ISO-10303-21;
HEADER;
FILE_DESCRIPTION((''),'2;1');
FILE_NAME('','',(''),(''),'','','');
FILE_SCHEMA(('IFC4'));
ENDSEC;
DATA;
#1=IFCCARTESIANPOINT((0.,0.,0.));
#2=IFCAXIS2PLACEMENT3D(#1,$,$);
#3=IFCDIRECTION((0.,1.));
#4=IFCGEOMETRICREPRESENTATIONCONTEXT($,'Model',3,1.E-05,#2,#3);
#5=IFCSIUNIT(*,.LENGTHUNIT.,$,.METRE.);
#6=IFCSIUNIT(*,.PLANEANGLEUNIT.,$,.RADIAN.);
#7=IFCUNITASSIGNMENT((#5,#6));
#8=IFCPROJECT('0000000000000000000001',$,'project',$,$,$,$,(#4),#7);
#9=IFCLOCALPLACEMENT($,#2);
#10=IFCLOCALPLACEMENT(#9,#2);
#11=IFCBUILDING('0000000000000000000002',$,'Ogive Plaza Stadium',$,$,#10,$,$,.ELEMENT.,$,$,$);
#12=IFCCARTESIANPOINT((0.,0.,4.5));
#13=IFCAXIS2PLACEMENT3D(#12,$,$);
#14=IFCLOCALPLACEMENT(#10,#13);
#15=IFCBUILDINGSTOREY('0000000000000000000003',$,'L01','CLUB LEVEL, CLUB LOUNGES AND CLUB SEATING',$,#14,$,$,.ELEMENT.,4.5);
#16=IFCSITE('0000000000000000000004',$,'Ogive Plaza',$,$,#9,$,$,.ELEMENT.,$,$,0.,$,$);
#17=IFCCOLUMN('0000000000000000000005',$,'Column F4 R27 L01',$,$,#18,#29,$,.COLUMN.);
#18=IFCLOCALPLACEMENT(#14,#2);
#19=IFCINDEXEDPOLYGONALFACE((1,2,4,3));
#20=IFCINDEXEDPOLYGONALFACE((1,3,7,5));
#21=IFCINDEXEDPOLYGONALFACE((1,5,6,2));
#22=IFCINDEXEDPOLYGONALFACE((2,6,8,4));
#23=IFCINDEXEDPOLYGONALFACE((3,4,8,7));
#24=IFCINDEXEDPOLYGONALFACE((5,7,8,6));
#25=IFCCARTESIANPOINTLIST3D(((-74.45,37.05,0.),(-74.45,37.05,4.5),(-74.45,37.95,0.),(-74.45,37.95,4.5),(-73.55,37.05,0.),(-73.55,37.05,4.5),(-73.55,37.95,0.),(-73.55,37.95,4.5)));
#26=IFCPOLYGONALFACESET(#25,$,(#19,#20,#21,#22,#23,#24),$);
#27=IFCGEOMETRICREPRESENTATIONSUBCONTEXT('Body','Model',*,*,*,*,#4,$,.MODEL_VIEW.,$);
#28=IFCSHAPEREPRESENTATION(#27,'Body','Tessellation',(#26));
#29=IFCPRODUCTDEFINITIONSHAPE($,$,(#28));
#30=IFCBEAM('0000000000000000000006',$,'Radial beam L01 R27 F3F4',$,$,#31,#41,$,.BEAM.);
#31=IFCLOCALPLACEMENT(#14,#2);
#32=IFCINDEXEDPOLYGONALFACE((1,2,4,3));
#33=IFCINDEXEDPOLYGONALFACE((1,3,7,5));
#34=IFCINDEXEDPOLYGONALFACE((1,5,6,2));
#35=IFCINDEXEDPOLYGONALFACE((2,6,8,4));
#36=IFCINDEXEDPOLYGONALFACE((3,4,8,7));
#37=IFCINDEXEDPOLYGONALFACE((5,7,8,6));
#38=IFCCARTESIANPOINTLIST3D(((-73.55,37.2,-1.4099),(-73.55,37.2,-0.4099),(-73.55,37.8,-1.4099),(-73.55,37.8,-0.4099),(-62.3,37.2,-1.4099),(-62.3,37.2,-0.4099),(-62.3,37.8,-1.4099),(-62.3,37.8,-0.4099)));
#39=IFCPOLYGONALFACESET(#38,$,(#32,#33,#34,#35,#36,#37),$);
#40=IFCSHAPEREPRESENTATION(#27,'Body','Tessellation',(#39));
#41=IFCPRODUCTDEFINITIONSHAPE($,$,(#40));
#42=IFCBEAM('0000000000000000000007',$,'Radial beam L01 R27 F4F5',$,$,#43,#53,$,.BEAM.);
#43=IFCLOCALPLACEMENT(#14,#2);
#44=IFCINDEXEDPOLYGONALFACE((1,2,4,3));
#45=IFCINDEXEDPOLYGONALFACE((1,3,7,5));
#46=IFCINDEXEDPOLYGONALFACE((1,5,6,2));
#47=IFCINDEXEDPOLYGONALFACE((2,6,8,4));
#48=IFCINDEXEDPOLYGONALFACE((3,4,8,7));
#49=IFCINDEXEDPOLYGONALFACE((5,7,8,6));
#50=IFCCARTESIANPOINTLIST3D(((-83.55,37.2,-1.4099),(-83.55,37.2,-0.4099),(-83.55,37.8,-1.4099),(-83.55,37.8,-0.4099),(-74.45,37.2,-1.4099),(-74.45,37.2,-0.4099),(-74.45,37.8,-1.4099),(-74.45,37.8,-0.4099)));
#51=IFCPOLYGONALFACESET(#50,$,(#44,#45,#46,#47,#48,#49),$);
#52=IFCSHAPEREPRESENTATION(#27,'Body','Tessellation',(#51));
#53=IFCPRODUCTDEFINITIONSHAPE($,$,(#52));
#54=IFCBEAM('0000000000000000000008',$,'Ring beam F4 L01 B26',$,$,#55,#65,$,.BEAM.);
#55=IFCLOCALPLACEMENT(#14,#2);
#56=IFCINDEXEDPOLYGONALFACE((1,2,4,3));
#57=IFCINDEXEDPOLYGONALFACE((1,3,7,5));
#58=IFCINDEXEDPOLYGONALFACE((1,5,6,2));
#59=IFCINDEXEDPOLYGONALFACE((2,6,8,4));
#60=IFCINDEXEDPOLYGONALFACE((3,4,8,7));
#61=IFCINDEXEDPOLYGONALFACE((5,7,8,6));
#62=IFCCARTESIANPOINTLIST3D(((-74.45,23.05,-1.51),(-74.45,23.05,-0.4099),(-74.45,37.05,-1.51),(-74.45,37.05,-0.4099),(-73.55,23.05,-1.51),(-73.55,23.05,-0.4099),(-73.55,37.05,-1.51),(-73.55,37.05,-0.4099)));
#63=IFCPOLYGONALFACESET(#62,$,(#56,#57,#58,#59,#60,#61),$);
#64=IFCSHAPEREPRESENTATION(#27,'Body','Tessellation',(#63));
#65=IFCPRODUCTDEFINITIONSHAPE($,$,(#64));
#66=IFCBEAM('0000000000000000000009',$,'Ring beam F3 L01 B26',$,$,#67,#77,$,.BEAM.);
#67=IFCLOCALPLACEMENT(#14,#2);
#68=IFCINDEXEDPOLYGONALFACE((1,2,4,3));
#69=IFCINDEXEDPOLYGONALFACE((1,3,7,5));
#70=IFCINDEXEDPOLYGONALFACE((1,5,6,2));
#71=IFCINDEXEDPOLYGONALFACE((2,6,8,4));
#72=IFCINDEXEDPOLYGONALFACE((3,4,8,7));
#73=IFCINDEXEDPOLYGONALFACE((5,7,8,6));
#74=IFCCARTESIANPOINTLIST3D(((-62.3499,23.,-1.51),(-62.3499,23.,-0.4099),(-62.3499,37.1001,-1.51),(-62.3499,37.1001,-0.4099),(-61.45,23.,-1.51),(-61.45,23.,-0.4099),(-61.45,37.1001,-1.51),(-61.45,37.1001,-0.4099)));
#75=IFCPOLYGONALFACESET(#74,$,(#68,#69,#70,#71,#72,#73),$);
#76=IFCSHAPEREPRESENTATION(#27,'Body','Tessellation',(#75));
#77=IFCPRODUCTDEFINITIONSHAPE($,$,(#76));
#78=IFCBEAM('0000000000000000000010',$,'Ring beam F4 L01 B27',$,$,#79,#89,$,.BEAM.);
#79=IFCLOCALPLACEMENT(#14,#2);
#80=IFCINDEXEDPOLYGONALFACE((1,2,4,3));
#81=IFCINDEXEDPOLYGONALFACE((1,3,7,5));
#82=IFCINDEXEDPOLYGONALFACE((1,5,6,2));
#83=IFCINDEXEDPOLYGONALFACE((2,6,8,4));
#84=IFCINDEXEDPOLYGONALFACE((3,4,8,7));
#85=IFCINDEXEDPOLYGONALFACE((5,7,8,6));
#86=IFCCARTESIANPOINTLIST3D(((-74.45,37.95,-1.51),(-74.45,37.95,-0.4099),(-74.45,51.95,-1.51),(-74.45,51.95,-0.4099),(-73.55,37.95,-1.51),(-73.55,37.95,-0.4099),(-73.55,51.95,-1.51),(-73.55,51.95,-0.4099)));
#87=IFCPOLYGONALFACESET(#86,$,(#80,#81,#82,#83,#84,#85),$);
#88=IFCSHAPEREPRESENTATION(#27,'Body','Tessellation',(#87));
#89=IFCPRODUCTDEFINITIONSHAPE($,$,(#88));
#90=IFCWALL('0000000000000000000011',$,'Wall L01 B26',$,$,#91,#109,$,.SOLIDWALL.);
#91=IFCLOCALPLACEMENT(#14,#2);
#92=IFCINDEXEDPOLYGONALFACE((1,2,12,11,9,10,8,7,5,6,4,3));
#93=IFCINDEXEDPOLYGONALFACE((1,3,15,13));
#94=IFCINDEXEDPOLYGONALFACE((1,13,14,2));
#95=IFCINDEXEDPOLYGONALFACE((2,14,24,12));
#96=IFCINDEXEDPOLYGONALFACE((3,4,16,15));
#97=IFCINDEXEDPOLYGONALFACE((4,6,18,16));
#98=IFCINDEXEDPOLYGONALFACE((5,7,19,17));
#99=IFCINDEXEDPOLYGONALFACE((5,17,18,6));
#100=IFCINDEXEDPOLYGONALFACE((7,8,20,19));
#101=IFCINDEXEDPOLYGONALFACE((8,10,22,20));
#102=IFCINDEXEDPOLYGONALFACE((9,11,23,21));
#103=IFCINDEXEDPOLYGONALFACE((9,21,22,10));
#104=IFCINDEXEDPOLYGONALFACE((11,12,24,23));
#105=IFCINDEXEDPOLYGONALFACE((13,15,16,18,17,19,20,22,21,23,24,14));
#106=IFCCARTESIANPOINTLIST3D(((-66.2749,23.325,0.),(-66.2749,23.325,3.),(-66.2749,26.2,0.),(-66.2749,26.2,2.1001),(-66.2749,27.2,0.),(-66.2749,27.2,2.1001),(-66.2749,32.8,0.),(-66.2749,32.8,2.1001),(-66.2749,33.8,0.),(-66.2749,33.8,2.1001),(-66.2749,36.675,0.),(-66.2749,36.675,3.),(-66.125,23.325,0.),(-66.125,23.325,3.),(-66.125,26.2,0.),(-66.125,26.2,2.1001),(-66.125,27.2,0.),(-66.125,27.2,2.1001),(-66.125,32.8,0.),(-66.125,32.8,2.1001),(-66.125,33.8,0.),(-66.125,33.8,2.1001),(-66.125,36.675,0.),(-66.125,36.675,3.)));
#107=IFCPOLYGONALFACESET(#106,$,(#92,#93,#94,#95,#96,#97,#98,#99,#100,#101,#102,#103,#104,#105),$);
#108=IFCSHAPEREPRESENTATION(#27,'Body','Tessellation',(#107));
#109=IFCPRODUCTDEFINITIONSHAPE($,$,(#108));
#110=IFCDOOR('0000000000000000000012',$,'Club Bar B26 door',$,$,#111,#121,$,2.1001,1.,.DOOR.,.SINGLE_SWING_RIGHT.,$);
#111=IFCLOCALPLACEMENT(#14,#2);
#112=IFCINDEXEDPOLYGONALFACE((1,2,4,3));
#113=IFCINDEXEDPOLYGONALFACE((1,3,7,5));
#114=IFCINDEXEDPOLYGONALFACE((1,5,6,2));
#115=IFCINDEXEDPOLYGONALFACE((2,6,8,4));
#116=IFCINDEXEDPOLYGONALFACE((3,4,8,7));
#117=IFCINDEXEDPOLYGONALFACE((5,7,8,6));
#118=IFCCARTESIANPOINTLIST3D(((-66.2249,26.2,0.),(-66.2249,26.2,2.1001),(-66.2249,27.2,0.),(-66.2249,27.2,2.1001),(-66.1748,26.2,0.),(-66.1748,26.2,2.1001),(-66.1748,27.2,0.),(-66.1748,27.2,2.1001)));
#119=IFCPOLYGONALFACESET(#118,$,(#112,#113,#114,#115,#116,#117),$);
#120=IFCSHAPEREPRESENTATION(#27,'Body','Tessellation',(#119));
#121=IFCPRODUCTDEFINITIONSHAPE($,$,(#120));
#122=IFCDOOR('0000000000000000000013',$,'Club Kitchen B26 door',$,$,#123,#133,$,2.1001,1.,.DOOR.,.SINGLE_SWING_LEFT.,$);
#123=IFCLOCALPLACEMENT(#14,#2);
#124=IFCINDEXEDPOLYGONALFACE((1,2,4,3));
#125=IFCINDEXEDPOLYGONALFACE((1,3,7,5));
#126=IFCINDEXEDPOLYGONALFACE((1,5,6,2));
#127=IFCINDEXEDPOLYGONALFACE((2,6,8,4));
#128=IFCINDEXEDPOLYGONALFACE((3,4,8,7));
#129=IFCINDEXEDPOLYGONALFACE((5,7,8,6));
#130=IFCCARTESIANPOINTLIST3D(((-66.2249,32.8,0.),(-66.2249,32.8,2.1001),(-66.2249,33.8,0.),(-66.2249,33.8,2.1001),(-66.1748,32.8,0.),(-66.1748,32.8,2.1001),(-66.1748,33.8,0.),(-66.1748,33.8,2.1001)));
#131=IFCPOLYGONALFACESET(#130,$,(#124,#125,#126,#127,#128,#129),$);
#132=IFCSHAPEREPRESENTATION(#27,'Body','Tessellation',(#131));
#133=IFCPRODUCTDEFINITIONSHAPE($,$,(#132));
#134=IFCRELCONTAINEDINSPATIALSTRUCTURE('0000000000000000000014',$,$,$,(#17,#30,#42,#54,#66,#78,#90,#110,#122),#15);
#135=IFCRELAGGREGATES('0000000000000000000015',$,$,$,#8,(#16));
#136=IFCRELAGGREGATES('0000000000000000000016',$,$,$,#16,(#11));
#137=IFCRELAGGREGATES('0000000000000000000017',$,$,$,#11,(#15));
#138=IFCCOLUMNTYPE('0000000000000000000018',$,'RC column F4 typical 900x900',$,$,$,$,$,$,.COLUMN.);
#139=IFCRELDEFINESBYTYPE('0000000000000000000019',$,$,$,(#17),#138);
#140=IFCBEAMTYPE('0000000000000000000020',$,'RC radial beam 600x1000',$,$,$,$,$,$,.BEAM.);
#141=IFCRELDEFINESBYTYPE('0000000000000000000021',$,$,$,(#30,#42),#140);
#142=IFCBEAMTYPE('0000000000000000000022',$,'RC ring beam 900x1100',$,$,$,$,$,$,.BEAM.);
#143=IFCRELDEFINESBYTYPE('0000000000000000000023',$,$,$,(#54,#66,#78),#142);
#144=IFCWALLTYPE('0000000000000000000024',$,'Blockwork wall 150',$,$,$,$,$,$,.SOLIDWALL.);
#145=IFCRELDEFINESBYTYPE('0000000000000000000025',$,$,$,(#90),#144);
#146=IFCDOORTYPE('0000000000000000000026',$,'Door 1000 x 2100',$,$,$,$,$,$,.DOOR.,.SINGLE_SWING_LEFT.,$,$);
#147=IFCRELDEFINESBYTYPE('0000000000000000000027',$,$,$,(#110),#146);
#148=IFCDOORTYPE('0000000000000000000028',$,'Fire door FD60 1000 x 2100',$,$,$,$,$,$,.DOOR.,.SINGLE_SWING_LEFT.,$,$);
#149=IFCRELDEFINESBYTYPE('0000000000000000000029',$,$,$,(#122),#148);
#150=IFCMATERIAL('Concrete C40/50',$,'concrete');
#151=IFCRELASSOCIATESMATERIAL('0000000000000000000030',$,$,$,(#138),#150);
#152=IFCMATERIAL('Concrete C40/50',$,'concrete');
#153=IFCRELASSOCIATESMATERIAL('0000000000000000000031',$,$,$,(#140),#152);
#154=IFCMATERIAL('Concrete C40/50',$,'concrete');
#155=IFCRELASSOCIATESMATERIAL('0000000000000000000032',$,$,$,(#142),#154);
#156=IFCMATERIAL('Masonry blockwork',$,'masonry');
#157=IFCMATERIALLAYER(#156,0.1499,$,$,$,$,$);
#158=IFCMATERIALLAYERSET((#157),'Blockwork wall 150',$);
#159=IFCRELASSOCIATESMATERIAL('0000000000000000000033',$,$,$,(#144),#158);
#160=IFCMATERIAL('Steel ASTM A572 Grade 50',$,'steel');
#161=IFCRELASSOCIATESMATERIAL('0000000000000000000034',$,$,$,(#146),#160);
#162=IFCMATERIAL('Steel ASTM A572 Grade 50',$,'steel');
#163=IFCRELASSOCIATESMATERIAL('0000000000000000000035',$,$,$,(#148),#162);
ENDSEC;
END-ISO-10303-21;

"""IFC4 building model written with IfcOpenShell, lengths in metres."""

from ifc_helpers import new_model, si_unit, direction, frame, frame_2d, origin, origin_2d, place, context, subcontext, project, spatial, rectangle, extrude, material, layer, layer_set, material_profile, profile_set, type_object, element, fill, save


model = new_model("IFC4")

# Units and contexts
model_context = context("Model", 3, precision=1e-05, world=origin(), true_north=direction((0.0, 1.0)))
body_context = subcontext(model_context, "Body", "Model", "MODEL_VIEW")
ifc_project = project(units=[si_unit("LENGTHUNIT", "METRE"), si_unit("PLANEANGLEUNIT", "RADIAN")], contexts=[model_context])

# Site, building, storey
site_placement = place(None, origin())
site = spatial("IfcSite", under=ifc_project, at=site_placement, Name="Ogive Plaza", CompositionType="ELEMENT", RefElevation=0.0)
building_placement = place(site_placement, origin())
building = spatial("IfcBuilding", under=site, at=building_placement, Name="Ogive Plaza Stadium", CompositionType="ELEMENT")
storey_placement = place(building_placement, frame((0.0, 0.0, 4.5)))
storey = spatial("IfcBuildingStorey", under=building, at=storey_placement, Name="L01", Description="CLUB LEVEL, CLUB LOUNGES AND CLUB SEATING", CompositionType="ELEMENT", Elevation=4.5)

# Column
ifc_material_1 = material(Name="Concrete C40/50", Category="concrete")
ifc_material_profile_1 = material_profile(ifc_material_1, rectangle(XDim=0.8999, YDim=0.8999, at=origin_2d()), Name="RC 900x900")
ifc_profile_set_1 = profile_set([ifc_material_profile_1], Name="Concrete C40/50")
column_type = type_object("IfcColumnType", Name="RC column F4 typical 900x900", PredefinedType="COLUMN", material=ifc_profile_set_1)
column_placement = place(storey_placement, frame((-74.0, 37.5, 0.0), z_axis=(0.0, 0.0, 1.0), x_axis=(0.0, -1.0, 0.0)))
element("IfcColumn", 1, at=column_placement, inside=storey, type_object=column_type, Name="Column F4 R27 L01", PredefinedType="COLUMN", context=body_context, shape_type="SweptSolid", body=[
    extrude(rectangle(XDim=0.8999, YDim=0.8999, at=origin_2d()), origin(), (0.0, 0.0, 1.0), 4.5),
])

# Beams
ifc_material_2 = material(Name="Concrete C40/50", Category="concrete")
ifc_material_profile_2 = material_profile(ifc_material_2, rectangle(XDim=0.6001, YDim=1.0, at=origin_2d()), Name="RC 600x1000")
ifc_profile_set_2 = profile_set([ifc_material_profile_2], Name="Concrete C40/50")
beam_type_1 = type_object("IfcBeamType", Name="RC radial beam 600x1000", PredefinedType="BEAM", material=ifc_profile_set_2)
beam_1_placement = place(storey_placement, frame((-62.3, 37.5, -0.9099), z_axis=(-1.0, 0.0, 0.0), x_axis=(0.0, -1.0, 0.0)))
element("IfcBeam", 2, at=beam_1_placement, inside=storey, type_object=beam_type_1, Name="Radial beam L01 R27 F3F4", PredefinedType="BEAM", context=body_context, shape_type="SweptSolid", body=[
    extrude(rectangle(XDim=0.6001, YDim=1.0, at=origin_2d()), origin(), (0.0, 0.0, 1.0), 11.25),
])
beam_2_placement = place(storey_placement, frame((-74.45, 37.5, -0.9099), z_axis=(-1.0, 0.0, 0.0), x_axis=(0.0, -1.0, 0.0)))
element("IfcBeam", 3, at=beam_2_placement, inside=storey, type_object=beam_type_1, Name="Radial beam L01 R27 F4F5", PredefinedType="BEAM", context=body_context, shape_type="SweptSolid", body=[
    extrude(rectangle(XDim=0.6001, YDim=1.0, at=origin_2d()), origin(), (0.0, 0.0, 1.0), 9.1001),
])
ifc_material_3 = material(Name="Concrete C40/50", Category="concrete")
ifc_material_profile_3 = material_profile(ifc_material_3, rectangle(XDim=0.8999, YDim=1.1001, at=origin_2d()), Name="RC 900x1100")
ifc_profile_set_3 = profile_set([ifc_material_profile_3], Name="Concrete C40/50")
beam_type_2 = type_object("IfcBeamType", Name="RC ring beam 900x1100", PredefinedType="BEAM", material=ifc_profile_set_3)
beam_3_placement = place(storey_placement, frame((-74.0, 23.05, -0.96), z_axis=(0.0, 1.0, 0.0), x_axis=(-1.0, 0.0, 0.0)))
element("IfcBeam", 4, at=beam_3_placement, inside=storey, type_object=beam_type_2, Name="Ring beam F4 L01 B26", PredefinedType="BEAM", context=body_context, shape_type="SweptSolid", body=[
    extrude(rectangle(XDim=0.8999, YDim=1.1001, at=origin_2d()), origin(), (0.0, 0.0, 1.0), 14.0),
])
beam_4_placement = place(storey_placement, frame((-61.8999, 23.0, -0.96), z_axis=(0.0, 1.0, 0.0), x_axis=(-1.0, 0.0, 0.0)))
element("IfcBeam", 5, at=beam_4_placement, inside=storey, type_object=beam_type_2, Name="Ring beam F3 L01 B26", PredefinedType="BEAM", context=body_context, shape_type="SweptSolid", body=[
    extrude(rectangle(XDim=0.8999, YDim=1.1001, at=origin_2d()), origin(), (0.0, 0.0, 1.0), 14.1001),
])
beam_5_placement = place(storey_placement, frame((-74.0, 37.95, -0.96), z_axis=(0.0, 1.0, 0.0), x_axis=(-1.0, 0.0, 0.0)))
element("IfcBeam", 6, at=beam_5_placement, inside=storey, type_object=beam_type_2, Name="Ring beam F4 L01 B27", PredefinedType="BEAM", context=body_context, shape_type="SweptSolid", body=[
    extrude(rectangle(XDim=0.8999, YDim=1.1001, at=origin_2d()), origin(), (0.0, 0.0, 1.0), 14.0),
])

# Wall, openings, doors
ifc_material_4 = material(Name="Masonry blockwork", Category="masonry")
ifc_layer_1 = layer(ifc_material_4, 0.1499)
ifc_layer_set_1 = layer_set([ifc_layer_1], Name="Blockwork wall 150")
wall_type_1 = type_object("IfcWallType", Name="Blockwork wall 150", PredefinedType="SOLIDWALL", material=ifc_layer_set_1)
wall_1_placement = place(storey_placement, frame((-66.2, 23.325, 0.0), z_axis=(0.0, 0.0, 1.0), x_axis=(0.0, 1.0, 0.0)))
wall_1 = element("IfcWall", 7, at=wall_1_placement, inside=storey, type_object=wall_type_1, Name="Wall L01 B26", PredefinedType="SOLIDWALL", context=body_context, shape_type="SweptSolid", body=[
    extrude(rectangle(XDim=13.3501, YDim=0.1499, at=frame_2d((6.675, 0.0))), origin(), (0.0, 0.0, 1.0), 3.0),
])
opening_1_placement = place(wall_1_placement, frame((2.875, 0.0, 0.0)))
opening_1 = element("IfcOpeningElement", 8, at=opening_1_placement, cuts=wall_1, PredefinedType="OPENING", context=body_context, shape_type="SweptSolid", body=[
    extrude(rectangle(XDim=1.0, YDim=2.1001, at=frame_2d((0.5, 1.05))), frame((0.0, 0.075, 0.0), z_axis=(0.0, -1.0, 0.0), x_axis=(1.0, 0.0, 0.0)), (0.0, 0.0, 1.0), 0.1499),
])
opening_2_placement = place(wall_1_placement, frame((9.4751, 0.0, 0.0)))
opening_2 = element("IfcOpeningElement", 9, at=opening_2_placement, cuts=wall_1, PredefinedType="OPENING", context=body_context, shape_type="SweptSolid", body=[
    extrude(rectangle(XDim=1.0, YDim=2.1001, at=frame_2d((0.5, 1.05))), frame((0.0, 0.075, 0.0), z_axis=(0.0, -1.0, 0.0), x_axis=(1.0, 0.0, 0.0)), (0.0, 0.0, 1.0), 0.1499),
])
ifc_material_5 = material(Name="Steel ASTM A572 Grade 50", Category="steel")
door_type_1 = type_object("IfcDoorType", Name="Door 1000 x 2100", OperationType="SINGLE_SWING_LEFT", PredefinedType="DOOR", material=ifc_material_5)
door_1_placement = place(opening_1_placement, origin())
door_1 = element("IfcDoor", 10, at=door_1_placement, inside=storey, type_object=door_type_1, Name="Club Bar B26 door", OperationType="SINGLE_SWING_RIGHT", OverallHeight=2.1001, OverallWidth=1.0, PredefinedType="DOOR", context=body_context, shape_type="SweptSolid", body=[
    extrude(rectangle(XDim=1.0, YDim=2.1001, at=frame_2d((0.5, 1.05))), frame((0.0, 0.0249, 0.0), z_axis=(0.0, -1.0, 0.0), x_axis=(1.0, 0.0, 0.0)), (0.0, 0.0, 1.0), 0.05),
])
fill(opening_1, door_1)
ifc_material_6 = material(Name="Steel ASTM A572 Grade 50", Category="steel")
door_type_2 = type_object("IfcDoorType", Name="Fire door FD60 1000 x 2100", OperationType="SINGLE_SWING_LEFT", PredefinedType="DOOR", material=ifc_material_6)
door_2_placement = place(opening_2_placement, origin())
door_2 = element("IfcDoor", 11, at=door_2_placement, inside=storey, type_object=door_type_2, Name="Club Kitchen B26 door", OperationType="SINGLE_SWING_LEFT", OverallHeight=2.1001, OverallWidth=1.0, PredefinedType="DOOR", context=body_context, shape_type="SweptSolid", body=[
    extrude(rectangle(XDim=1.0, YDim=2.1001, at=frame_2d((0.5, 1.05))), frame((0.0, 0.0249, 0.0), z_axis=(0.0, -1.0, 0.0), x_axis=(1.0, 0.0, 0.0)), (0.0, 0.0, 1.0), 0.05),
])
fill(opening_2, door_2)

save(model, "model.ifc")
